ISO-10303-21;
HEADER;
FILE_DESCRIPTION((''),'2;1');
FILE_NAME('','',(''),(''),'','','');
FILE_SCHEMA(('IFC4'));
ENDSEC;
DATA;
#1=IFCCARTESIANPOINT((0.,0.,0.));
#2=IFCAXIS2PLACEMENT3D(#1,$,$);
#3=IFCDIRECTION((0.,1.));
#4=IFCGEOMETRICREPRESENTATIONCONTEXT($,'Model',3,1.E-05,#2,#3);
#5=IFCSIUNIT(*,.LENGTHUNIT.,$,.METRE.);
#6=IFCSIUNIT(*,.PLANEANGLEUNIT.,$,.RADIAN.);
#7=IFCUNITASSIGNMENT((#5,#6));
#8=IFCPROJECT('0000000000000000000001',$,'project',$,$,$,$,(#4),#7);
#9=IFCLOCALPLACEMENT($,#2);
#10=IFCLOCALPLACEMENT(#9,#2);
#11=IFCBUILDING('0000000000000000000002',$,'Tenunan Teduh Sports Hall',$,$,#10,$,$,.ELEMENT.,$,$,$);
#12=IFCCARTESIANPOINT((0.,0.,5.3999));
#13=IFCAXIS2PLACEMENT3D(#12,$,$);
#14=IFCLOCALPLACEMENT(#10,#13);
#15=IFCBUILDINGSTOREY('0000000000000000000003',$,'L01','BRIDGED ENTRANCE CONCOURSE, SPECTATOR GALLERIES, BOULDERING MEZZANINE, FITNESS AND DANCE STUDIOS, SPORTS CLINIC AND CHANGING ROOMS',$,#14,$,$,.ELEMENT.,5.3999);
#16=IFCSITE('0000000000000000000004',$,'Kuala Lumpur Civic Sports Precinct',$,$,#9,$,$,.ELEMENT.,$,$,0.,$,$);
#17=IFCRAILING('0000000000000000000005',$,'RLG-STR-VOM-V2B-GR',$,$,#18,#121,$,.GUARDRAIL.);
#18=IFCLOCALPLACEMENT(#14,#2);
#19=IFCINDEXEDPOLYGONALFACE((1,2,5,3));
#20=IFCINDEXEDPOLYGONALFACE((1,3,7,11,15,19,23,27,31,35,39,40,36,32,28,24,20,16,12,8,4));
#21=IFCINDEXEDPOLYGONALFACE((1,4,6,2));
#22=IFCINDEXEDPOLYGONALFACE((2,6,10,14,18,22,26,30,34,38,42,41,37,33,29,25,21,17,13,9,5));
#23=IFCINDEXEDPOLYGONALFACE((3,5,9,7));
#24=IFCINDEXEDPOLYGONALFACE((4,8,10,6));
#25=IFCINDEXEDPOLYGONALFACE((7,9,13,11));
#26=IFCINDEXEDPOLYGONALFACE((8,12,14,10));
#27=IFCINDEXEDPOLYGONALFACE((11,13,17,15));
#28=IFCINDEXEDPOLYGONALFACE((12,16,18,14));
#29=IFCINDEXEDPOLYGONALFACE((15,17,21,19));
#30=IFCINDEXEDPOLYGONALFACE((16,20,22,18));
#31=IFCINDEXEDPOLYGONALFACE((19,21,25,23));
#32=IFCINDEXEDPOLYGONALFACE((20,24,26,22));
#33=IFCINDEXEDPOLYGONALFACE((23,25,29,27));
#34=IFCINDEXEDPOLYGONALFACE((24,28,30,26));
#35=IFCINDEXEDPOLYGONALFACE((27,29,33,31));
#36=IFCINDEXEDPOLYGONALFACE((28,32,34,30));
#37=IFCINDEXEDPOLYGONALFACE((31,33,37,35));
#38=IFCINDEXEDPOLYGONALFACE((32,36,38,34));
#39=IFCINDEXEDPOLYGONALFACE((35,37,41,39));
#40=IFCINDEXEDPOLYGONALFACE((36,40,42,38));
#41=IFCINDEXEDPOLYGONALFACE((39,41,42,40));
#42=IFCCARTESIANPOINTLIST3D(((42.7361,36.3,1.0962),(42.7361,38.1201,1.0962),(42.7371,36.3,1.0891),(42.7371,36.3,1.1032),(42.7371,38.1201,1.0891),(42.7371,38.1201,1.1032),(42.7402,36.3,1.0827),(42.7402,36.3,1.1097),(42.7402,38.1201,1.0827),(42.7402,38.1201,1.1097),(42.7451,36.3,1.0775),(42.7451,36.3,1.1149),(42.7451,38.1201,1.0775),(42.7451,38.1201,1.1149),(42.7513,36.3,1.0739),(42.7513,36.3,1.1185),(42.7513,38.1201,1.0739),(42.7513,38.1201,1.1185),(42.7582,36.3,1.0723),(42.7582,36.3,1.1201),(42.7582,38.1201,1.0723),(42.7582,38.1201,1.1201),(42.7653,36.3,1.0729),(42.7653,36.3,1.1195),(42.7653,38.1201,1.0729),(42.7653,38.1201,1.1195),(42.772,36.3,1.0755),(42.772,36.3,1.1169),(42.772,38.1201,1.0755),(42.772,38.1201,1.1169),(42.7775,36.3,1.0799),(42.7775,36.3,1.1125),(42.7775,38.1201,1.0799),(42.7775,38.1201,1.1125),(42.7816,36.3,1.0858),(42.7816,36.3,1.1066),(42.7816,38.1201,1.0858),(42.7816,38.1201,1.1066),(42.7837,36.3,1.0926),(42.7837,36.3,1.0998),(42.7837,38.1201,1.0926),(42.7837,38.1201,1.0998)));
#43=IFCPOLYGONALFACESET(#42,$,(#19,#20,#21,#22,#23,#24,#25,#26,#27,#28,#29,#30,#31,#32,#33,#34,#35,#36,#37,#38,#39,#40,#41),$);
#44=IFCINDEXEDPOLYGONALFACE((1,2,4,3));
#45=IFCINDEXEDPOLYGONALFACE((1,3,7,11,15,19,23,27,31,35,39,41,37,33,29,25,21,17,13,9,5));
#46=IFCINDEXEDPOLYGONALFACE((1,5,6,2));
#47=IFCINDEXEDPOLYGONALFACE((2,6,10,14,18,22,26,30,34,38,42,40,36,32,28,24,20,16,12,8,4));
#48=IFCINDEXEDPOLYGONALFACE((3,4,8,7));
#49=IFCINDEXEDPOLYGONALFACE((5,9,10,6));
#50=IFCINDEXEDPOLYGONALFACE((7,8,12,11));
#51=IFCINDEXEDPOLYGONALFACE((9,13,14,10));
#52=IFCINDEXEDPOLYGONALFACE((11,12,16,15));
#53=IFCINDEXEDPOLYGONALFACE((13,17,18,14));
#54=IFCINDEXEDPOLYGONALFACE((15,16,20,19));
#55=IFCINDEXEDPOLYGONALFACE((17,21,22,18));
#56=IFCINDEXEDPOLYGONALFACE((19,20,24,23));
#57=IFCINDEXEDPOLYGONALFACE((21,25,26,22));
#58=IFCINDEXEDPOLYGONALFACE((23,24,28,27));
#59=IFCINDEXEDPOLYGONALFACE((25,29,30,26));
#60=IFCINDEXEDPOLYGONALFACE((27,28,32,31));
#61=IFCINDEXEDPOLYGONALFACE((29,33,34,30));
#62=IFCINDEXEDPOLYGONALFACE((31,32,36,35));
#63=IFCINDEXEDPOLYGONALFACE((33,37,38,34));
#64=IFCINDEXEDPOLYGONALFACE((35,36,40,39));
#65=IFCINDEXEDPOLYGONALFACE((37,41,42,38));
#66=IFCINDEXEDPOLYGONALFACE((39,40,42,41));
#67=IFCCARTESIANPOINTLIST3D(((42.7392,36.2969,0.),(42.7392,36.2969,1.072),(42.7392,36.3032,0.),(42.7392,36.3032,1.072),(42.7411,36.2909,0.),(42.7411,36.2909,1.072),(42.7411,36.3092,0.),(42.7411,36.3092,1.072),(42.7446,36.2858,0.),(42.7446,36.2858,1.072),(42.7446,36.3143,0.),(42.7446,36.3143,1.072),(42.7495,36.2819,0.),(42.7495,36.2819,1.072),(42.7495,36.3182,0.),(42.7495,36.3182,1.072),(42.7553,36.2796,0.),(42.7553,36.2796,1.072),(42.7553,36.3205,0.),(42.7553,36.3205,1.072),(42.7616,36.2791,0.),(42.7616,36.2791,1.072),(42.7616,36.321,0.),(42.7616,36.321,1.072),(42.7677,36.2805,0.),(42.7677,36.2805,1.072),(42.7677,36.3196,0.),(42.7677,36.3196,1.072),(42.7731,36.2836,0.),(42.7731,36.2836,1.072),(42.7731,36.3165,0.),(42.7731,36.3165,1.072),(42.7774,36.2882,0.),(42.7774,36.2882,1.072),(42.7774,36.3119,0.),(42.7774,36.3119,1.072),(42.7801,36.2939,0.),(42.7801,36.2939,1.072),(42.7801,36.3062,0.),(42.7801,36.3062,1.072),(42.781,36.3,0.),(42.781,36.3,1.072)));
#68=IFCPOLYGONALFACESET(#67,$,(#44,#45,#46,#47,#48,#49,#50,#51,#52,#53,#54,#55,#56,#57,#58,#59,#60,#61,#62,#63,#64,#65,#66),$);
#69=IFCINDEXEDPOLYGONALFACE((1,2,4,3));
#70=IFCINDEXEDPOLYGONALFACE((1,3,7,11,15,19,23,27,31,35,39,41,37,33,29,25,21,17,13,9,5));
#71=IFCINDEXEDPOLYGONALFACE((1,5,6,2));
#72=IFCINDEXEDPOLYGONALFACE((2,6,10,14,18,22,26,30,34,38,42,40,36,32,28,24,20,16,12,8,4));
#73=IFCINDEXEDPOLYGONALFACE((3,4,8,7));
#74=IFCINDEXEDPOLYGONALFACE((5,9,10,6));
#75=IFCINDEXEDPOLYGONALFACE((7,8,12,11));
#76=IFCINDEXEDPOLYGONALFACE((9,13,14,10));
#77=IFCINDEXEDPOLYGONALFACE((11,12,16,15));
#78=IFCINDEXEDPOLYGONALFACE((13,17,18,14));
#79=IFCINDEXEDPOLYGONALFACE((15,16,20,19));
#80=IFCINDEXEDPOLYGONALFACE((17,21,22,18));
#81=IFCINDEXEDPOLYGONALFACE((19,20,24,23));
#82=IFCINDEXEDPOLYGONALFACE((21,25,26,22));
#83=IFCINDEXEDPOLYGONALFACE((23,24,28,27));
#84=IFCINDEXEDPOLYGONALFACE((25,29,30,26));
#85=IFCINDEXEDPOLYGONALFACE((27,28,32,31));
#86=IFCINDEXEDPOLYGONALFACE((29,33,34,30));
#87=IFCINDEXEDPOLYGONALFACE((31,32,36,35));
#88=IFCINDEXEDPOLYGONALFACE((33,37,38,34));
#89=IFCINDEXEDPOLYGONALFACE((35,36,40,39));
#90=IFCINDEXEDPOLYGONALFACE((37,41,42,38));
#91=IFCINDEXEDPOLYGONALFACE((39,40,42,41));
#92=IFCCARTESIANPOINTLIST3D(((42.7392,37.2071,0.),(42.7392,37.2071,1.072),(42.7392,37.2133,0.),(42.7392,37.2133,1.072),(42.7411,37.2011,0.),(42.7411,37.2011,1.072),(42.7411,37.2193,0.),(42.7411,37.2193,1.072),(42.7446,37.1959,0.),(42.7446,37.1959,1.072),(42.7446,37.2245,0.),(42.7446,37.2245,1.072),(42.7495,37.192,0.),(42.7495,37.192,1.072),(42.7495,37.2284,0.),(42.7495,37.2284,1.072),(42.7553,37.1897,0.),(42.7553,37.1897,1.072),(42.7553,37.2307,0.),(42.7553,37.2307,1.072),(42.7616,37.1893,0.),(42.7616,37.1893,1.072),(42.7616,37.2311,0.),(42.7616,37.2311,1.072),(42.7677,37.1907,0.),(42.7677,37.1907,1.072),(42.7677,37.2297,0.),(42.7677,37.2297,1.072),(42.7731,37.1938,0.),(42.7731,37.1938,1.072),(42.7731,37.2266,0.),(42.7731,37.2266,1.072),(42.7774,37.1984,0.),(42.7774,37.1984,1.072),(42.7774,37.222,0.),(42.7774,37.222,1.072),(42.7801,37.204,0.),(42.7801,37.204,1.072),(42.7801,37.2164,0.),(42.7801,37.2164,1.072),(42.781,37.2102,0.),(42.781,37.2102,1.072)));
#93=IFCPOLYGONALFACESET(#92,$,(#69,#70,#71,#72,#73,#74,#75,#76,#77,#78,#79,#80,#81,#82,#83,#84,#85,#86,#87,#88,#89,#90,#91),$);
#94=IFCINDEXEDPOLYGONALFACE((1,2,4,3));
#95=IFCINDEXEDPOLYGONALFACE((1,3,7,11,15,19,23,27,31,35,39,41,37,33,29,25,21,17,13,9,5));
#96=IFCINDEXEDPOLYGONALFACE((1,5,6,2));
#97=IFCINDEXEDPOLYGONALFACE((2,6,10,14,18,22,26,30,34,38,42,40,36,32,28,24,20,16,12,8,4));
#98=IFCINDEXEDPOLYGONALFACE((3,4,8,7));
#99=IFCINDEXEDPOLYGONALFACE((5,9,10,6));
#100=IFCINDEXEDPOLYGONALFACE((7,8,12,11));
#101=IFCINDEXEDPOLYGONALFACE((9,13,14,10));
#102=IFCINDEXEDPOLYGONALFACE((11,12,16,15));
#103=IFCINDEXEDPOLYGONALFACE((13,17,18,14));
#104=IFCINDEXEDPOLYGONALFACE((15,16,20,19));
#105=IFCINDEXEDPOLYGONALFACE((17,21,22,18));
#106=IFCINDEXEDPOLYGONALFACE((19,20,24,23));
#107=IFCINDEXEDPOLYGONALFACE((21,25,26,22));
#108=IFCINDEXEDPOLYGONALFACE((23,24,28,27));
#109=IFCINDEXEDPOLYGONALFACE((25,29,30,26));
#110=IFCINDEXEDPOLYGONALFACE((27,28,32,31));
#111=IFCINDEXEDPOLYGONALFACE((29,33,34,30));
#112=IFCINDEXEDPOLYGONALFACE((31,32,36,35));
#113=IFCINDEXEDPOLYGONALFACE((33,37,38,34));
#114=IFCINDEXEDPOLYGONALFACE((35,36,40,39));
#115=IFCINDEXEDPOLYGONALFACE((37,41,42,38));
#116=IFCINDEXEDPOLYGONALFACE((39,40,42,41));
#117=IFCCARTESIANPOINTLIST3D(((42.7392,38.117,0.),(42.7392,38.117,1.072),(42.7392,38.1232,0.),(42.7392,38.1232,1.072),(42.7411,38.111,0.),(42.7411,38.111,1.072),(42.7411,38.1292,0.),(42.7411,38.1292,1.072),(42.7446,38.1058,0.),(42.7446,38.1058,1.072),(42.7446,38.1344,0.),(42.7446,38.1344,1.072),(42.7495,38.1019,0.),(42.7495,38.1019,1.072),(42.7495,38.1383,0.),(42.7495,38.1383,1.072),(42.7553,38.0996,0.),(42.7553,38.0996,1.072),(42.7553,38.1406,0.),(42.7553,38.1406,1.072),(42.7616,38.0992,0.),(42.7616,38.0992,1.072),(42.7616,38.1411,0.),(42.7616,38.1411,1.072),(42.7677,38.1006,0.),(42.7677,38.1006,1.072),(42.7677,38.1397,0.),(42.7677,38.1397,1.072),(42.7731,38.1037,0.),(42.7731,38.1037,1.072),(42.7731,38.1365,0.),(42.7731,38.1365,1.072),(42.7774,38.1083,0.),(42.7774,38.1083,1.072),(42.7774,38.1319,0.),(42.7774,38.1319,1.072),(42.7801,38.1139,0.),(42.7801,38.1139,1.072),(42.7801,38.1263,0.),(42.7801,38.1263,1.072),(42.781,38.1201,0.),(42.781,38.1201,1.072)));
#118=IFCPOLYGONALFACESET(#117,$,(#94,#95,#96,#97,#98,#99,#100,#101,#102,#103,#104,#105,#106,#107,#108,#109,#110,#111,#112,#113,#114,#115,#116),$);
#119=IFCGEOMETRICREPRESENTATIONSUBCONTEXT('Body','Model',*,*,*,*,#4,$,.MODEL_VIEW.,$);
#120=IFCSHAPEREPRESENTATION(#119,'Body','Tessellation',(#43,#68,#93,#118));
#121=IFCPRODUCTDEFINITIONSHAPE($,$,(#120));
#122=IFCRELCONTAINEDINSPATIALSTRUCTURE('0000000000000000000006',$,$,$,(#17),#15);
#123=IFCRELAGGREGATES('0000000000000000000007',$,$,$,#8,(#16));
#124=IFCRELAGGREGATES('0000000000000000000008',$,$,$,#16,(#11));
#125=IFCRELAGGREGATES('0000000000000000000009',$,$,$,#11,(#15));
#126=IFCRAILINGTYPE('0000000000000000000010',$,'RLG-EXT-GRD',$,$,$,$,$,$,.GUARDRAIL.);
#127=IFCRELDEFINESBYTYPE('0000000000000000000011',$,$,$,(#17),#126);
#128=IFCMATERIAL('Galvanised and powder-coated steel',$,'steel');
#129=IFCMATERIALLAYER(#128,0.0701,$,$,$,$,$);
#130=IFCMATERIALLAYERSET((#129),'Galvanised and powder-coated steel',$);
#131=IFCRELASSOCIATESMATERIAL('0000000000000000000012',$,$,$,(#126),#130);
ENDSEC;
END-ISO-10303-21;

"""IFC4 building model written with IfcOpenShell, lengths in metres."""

from ifc_helpers import new_model, si_unit, direction, frame, origin, origin_2d, place, context, subcontext, project, spatial, circle, extrude, material, layer, layer_set, type_object, element, save


model = new_model("IFC4")

# Units and contexts
model_context = context("Model", 3, precision=1e-05, world=origin(), true_north=direction((0.0, 1.0)))
body_context = subcontext(model_context, "Body", "Model", "MODEL_VIEW")
ifc_project = project(units=[si_unit("LENGTHUNIT", "METRE"), si_unit("PLANEANGLEUNIT", "RADIAN")], contexts=[model_context])

# Site, building, storey
site_placement = place(None, origin())
site = spatial("IfcSite", under=ifc_project, at=site_placement, Name="Kuala Lumpur Civic Sports Precinct", CompositionType="ELEMENT", RefElevation=0.0)
building_placement = place(site_placement, origin())
building = spatial("IfcBuilding", under=site, at=building_placement, Name="Tenunan Teduh Sports Hall", CompositionType="ELEMENT")
storey_placement = place(building_placement, frame((0.0, 0.0, 5.3999)))
storey = spatial("IfcBuildingStorey", under=building, at=storey_placement, Name="L01", Description="BRIDGED ENTRANCE CONCOURSE, SPECTATOR GALLERIES, BOULDERING MEZZANINE, FITNESS AND DANCE STUDIOS, SPORTS CLINIC AND CHANGING ROOMS", CompositionType="ELEMENT", Elevation=5.3999)

# Railing
ifc_material_1 = material(Name="Galvanised and powder-coated steel", Category="steel")
ifc_layer_1 = layer(ifc_material_1, 0.0701)
ifc_layer_set_1 = layer_set([ifc_layer_1], Name="Galvanised and powder-coated steel")
railing_type_1 = type_object("IfcRailingType", Name="RLG-EXT-GRD", PredefinedType="GUARDRAIL", material=ifc_layer_set_1)
for number, where, name in (
    (1, (42.76, 36.3, 0.0), "RLG-STR-VOM-V2B-GR"),
):
    element("IfcRailing", number, at=place(storey_placement, frame(where)), inside=storey, type_object=railing_type_1, Name=name, PredefinedType="GUARDRAIL", context=body_context, shape_type="SweptSolid", body=[
        extrude(circle(Radius=0.0239, at=origin_2d()), frame((0.0, 0.0, 1.0962), z_axis=(0.0, 1.0, 0.0), x_axis=(-1.0, 0.0, 0.0)), (0.0, 0.0, 1.0), 1.8201),
        extrude(circle(Radius=0.021, at=origin_2d()), origin(), (0.0, 0.0, 1.0), 1.072),
        extrude(circle(Radius=0.021, at=origin_2d()), frame((0.0, 0.9102, 0.0)), (0.0, 0.0, 1.0), 1.072),
        extrude(circle(Radius=0.021, at=origin_2d()), frame((0.0, 1.8201, 0.0)), (0.0, 0.0, 1.0), 1.072),
    ])

save(model, "model.ifc")
